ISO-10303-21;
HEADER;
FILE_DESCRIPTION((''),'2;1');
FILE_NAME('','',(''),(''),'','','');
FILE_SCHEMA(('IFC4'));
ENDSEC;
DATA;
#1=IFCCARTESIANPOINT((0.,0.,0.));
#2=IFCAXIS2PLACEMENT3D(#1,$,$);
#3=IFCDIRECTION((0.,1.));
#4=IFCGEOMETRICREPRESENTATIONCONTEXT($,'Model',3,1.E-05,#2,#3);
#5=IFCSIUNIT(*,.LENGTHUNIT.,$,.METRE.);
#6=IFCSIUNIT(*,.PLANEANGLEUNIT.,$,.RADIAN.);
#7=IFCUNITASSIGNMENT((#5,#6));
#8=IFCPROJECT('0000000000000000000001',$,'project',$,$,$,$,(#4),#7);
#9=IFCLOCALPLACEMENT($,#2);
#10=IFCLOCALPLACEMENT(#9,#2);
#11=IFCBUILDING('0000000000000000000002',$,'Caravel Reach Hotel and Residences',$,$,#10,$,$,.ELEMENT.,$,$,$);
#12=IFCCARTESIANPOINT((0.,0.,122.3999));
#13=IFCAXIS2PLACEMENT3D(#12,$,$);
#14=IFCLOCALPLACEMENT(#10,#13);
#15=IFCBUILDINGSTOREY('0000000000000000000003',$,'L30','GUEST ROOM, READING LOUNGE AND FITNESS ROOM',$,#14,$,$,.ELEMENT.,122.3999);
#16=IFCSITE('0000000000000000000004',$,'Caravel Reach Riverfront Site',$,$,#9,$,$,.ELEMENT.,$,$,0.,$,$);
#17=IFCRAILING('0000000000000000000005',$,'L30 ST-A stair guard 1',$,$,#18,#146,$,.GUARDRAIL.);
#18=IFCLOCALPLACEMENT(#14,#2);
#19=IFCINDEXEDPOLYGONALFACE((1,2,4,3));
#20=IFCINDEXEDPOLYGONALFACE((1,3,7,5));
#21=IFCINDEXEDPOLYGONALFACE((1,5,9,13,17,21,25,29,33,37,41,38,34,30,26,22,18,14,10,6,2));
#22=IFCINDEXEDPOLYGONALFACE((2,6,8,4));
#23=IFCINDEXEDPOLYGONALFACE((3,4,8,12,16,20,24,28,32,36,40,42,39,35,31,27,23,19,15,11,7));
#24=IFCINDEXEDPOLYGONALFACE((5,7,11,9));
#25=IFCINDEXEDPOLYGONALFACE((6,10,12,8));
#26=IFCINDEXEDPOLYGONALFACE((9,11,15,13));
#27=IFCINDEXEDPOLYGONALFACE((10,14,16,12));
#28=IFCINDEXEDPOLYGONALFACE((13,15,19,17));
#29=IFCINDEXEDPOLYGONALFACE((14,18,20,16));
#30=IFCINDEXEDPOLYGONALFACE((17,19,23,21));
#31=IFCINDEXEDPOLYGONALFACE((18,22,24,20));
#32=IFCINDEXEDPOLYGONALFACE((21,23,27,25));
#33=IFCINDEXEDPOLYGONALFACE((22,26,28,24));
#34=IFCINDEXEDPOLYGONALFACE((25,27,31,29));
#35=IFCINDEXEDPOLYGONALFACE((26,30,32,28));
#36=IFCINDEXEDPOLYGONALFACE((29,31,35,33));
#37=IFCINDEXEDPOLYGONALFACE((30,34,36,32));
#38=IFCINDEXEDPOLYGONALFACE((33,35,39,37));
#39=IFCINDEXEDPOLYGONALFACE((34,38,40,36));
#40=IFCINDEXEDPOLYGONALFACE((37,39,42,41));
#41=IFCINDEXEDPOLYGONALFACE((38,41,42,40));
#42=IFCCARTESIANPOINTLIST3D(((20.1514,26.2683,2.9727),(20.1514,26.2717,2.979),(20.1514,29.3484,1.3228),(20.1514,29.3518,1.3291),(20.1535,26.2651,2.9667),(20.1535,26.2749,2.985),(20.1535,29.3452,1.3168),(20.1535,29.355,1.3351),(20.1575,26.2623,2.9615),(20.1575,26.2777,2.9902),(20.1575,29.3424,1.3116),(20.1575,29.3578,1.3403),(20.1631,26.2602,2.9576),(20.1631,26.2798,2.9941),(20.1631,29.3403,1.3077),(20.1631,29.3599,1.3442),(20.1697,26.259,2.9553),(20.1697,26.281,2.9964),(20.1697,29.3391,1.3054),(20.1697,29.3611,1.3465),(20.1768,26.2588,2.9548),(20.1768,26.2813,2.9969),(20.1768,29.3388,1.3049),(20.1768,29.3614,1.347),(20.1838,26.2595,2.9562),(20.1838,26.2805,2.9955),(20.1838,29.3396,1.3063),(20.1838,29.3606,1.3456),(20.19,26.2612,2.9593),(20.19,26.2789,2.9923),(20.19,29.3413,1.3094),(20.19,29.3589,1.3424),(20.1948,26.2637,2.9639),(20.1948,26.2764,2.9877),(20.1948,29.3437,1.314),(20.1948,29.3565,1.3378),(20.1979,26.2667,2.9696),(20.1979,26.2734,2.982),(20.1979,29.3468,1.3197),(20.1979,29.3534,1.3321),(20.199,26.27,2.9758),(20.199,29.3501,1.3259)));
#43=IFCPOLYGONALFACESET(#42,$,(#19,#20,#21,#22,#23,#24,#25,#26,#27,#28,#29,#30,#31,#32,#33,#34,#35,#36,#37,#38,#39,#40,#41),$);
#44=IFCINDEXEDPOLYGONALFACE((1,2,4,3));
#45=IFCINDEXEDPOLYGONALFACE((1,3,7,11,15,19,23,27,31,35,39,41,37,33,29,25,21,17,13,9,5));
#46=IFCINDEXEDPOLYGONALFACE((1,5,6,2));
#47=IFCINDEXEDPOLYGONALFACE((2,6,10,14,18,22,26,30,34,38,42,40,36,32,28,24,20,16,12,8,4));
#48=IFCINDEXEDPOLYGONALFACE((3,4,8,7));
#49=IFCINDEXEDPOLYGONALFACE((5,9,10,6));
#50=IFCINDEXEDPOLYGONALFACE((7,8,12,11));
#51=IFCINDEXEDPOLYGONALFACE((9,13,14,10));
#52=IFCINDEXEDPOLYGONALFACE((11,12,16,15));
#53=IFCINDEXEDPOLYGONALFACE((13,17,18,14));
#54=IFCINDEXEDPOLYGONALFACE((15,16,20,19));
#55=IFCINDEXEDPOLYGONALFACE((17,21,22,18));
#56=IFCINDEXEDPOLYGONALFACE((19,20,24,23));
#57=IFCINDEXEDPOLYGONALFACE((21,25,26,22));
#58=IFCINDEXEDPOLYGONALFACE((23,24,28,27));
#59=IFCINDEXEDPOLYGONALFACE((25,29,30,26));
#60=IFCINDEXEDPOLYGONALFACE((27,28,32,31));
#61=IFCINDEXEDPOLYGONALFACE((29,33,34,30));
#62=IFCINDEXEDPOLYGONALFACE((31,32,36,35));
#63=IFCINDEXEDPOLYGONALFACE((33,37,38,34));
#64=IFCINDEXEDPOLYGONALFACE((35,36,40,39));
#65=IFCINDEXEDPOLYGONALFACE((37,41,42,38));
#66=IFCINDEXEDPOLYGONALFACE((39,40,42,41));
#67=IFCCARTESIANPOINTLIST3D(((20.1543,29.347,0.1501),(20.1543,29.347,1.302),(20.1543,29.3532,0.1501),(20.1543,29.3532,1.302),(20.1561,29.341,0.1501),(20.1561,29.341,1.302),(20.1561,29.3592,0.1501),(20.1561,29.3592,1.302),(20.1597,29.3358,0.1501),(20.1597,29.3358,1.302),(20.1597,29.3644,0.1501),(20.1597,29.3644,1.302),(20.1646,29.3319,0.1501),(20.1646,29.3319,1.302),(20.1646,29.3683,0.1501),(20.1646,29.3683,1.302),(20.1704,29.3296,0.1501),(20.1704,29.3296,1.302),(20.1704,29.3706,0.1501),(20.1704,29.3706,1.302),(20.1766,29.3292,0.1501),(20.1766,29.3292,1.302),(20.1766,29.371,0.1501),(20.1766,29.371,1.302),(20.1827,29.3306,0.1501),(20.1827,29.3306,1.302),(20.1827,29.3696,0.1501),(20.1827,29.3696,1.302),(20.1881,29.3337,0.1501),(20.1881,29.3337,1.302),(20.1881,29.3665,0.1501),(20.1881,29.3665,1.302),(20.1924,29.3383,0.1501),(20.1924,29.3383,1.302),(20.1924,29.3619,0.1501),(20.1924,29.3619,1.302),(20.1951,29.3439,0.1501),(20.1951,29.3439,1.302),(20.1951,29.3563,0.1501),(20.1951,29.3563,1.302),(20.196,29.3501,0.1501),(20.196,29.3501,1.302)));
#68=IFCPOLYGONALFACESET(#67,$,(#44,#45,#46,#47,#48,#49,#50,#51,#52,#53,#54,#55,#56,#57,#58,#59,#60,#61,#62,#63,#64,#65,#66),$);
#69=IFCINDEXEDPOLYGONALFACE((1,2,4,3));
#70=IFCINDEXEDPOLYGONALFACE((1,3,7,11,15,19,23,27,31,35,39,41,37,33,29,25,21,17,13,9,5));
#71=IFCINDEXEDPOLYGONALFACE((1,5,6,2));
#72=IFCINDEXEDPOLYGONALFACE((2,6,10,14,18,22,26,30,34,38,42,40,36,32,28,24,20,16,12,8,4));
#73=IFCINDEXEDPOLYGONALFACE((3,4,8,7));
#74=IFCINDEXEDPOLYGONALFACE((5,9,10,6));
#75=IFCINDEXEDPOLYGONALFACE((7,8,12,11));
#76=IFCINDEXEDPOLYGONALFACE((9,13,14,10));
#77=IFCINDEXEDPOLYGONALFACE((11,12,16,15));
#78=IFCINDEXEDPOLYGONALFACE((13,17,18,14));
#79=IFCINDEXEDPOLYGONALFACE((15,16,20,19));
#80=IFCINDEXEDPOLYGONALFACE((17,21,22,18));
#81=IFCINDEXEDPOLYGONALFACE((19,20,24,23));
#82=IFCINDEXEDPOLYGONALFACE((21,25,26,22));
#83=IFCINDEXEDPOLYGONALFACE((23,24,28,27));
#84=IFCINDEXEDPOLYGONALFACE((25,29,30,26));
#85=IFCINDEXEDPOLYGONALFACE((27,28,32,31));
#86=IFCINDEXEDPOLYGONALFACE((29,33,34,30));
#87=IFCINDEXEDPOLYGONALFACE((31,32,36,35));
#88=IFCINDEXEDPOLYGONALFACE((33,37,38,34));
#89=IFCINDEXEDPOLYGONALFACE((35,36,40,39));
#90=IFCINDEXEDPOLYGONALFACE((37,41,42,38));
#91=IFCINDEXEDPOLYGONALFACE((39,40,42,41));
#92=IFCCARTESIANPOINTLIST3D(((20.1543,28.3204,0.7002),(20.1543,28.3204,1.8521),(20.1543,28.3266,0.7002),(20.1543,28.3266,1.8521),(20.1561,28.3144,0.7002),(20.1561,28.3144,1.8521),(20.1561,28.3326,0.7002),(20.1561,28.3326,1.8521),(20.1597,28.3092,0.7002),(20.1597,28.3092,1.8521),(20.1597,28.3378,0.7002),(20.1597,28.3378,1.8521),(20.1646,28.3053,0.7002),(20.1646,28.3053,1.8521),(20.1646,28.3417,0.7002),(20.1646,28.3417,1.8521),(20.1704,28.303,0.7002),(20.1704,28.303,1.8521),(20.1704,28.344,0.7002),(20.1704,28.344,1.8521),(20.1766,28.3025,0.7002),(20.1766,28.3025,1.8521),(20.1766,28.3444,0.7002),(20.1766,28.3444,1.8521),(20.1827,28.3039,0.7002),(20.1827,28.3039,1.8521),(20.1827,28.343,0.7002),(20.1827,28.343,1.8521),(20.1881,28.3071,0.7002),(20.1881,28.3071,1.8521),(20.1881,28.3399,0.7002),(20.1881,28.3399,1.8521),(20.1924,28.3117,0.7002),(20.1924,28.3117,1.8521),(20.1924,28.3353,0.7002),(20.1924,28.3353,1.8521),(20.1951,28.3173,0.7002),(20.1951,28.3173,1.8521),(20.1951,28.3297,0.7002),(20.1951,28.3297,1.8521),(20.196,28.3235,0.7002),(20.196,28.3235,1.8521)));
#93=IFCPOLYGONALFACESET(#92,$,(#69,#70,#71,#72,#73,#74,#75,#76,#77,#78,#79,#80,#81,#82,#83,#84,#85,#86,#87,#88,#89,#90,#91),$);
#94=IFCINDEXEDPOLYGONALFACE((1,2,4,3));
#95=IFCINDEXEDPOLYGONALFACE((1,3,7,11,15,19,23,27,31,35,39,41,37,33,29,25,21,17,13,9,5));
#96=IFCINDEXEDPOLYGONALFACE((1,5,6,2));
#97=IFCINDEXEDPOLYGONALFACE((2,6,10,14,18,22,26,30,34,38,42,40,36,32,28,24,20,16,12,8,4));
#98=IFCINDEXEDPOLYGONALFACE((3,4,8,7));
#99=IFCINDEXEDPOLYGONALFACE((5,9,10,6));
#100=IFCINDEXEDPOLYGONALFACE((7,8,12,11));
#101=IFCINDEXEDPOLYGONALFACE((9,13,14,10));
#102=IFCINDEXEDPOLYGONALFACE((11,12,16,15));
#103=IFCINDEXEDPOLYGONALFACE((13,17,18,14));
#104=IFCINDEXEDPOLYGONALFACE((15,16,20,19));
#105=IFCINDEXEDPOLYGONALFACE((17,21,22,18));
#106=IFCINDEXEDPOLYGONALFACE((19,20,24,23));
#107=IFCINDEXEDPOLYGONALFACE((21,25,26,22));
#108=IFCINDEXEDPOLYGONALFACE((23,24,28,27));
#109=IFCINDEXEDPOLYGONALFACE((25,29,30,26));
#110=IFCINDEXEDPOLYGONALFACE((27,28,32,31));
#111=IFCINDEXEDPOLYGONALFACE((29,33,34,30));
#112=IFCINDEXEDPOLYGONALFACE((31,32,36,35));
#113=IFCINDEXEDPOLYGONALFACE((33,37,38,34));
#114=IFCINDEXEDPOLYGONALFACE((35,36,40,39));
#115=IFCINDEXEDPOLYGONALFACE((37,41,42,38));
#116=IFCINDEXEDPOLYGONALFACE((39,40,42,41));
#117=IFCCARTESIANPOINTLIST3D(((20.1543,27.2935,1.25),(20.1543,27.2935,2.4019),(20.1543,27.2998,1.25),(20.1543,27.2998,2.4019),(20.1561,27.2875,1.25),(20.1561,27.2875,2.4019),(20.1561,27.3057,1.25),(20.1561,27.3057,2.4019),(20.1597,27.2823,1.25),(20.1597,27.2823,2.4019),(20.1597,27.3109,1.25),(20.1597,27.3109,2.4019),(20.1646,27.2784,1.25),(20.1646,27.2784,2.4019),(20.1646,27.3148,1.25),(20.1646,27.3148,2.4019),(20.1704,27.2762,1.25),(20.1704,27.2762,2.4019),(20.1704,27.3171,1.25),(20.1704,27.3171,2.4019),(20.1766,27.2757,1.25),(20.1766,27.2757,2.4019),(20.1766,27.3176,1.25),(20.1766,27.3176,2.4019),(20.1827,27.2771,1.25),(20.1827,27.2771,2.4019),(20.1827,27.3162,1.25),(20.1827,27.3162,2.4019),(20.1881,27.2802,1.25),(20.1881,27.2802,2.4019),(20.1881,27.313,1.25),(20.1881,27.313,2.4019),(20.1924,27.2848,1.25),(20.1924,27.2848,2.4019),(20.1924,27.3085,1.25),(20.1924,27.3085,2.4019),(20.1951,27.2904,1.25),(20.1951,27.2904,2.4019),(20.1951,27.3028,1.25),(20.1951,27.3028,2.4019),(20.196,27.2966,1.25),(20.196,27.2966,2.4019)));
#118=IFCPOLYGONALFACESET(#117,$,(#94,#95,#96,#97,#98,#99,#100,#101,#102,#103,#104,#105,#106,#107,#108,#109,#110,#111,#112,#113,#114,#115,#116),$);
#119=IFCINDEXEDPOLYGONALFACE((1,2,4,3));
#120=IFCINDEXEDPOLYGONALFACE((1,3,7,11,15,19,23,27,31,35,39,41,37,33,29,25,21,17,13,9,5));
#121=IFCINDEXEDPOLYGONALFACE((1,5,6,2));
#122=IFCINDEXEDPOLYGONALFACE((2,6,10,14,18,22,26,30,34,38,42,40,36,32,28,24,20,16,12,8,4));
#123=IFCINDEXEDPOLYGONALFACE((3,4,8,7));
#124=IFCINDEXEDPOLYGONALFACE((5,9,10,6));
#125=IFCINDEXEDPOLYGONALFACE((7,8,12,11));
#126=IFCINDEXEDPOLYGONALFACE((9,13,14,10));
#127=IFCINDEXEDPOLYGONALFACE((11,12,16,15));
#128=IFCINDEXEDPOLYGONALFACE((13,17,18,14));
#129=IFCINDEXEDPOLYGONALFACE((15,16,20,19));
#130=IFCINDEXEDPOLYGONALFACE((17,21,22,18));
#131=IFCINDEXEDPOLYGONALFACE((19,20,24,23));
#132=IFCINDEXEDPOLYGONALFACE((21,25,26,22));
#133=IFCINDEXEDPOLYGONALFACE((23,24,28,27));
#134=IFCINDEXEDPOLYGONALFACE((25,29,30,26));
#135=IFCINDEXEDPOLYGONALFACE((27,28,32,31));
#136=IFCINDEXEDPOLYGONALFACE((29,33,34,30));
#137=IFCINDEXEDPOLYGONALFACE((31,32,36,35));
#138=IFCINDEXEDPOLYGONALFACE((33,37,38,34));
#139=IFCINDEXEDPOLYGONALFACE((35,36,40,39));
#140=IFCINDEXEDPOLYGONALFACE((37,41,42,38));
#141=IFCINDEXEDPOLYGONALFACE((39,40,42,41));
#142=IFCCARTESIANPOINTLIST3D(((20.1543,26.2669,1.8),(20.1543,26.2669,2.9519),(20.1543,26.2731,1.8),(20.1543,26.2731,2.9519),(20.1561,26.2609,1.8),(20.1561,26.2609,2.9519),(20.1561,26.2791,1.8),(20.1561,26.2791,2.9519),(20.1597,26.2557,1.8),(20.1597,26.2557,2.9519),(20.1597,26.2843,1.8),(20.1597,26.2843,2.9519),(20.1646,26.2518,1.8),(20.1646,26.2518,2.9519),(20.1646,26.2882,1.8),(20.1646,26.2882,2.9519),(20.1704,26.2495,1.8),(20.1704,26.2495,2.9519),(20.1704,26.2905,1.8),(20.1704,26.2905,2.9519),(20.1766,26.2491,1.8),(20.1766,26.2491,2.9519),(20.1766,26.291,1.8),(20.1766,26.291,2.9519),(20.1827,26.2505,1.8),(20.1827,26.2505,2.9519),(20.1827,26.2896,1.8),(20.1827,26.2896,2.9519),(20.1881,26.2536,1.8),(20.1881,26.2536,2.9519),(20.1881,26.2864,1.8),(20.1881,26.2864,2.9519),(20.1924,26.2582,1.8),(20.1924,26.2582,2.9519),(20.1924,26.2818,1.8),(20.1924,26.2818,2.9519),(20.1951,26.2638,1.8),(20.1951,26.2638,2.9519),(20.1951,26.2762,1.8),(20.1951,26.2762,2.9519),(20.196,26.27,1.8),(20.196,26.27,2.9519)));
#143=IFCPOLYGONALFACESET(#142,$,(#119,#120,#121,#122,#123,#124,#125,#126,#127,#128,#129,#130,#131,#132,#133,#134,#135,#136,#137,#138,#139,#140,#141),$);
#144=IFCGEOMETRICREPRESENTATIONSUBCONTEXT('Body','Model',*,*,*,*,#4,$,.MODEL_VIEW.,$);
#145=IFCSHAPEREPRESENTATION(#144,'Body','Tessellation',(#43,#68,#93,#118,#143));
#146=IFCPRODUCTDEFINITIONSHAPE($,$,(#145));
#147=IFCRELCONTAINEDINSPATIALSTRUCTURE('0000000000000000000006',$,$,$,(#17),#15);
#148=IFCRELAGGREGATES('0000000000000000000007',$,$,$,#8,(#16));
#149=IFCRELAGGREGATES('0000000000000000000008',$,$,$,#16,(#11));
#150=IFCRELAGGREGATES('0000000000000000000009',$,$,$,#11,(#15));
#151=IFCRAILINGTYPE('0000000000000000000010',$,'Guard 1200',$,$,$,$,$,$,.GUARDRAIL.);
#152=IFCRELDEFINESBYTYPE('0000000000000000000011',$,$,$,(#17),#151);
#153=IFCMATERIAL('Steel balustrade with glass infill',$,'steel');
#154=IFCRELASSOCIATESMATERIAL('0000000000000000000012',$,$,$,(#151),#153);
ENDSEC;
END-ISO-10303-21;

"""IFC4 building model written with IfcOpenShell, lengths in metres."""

from ifc_helpers import new_model, si_unit, direction, frame, origin, origin_2d, place, context, subcontext, project, spatial, circle, extrude, material, type_object, element, save


model = new_model("IFC4")

# Units and contexts
model_context = context("Model", 3, precision=1e-05, world=origin(), true_north=direction((0.0, 1.0)))
body_context = subcontext(model_context, "Body", "Model", "MODEL_VIEW")
ifc_project = project(units=[si_unit("LENGTHUNIT", "METRE"), si_unit("PLANEANGLEUNIT", "RADIAN")], contexts=[model_context])

# Site, building, storey
site_placement = place(None, origin())
site = spatial("IfcSite", under=ifc_project, at=site_placement, Name="Caravel Reach Riverfront Site", CompositionType="ELEMENT", RefElevation=0.0)
building_placement = place(site_placement, origin())
building = spatial("IfcBuilding", under=site, at=building_placement, Name="Caravel Reach Hotel and Residences", CompositionType="ELEMENT")
storey_placement = place(building_placement, frame((0.0, 0.0, 122.3999)))
storey = spatial("IfcBuildingStorey", under=building, at=storey_placement, Name="L30", Description="GUEST ROOM, READING LOUNGE AND FITNESS ROOM", CompositionType="ELEMENT", Elevation=122.3999)

# Railing
ifc_material_1 = material(Name="Steel balustrade with glass infill", Category="steel")
railing_type_1 = type_object("IfcRailingType", Name="Guard 1200", PredefinedType="GUARDRAIL", material=ifc_material_1)
railing_1_placement = place(storey_placement, frame((20.175, 29.3501, 0.1501)))
element("IfcRailing", 1, at=railing_1_placement, inside=storey, type_object=railing_type_1, Name="L30 ST-A stair guard 1", PredefinedType="GUARDRAIL", context=body_context, shape_type="SweptSolid", body=[
    extrude(circle(Radius=0.0239, at=origin_2d()), frame((0.0, 0.0, 1.1758), z_axis=(0.0, -0.881497, 0.47219), x_axis=(1.0, 0.0, 0.0)), (0.0, 0.0, 1.0), 3.4941),
    extrude(circle(Radius=0.021, at=origin_2d()), origin(), (0.0, 0.0, 1.0), 1.1519),
    extrude(circle(Radius=0.021, at=origin_2d()), frame((0.0, -1.0266, 0.55)), (0.0, 0.0, 1.0), 1.1519),
    extrude(circle(Radius=0.021, at=origin_2d()), frame((0.0, -2.0535, 1.0999)), (0.0, 0.0, 1.0), 1.1519),
    extrude(circle(Radius=0.021, at=origin_2d()), frame((0.0, -3.0801, 1.6499)), (0.0, 0.0, 1.0), 1.1519),
])

save(model, "model.ifc")
